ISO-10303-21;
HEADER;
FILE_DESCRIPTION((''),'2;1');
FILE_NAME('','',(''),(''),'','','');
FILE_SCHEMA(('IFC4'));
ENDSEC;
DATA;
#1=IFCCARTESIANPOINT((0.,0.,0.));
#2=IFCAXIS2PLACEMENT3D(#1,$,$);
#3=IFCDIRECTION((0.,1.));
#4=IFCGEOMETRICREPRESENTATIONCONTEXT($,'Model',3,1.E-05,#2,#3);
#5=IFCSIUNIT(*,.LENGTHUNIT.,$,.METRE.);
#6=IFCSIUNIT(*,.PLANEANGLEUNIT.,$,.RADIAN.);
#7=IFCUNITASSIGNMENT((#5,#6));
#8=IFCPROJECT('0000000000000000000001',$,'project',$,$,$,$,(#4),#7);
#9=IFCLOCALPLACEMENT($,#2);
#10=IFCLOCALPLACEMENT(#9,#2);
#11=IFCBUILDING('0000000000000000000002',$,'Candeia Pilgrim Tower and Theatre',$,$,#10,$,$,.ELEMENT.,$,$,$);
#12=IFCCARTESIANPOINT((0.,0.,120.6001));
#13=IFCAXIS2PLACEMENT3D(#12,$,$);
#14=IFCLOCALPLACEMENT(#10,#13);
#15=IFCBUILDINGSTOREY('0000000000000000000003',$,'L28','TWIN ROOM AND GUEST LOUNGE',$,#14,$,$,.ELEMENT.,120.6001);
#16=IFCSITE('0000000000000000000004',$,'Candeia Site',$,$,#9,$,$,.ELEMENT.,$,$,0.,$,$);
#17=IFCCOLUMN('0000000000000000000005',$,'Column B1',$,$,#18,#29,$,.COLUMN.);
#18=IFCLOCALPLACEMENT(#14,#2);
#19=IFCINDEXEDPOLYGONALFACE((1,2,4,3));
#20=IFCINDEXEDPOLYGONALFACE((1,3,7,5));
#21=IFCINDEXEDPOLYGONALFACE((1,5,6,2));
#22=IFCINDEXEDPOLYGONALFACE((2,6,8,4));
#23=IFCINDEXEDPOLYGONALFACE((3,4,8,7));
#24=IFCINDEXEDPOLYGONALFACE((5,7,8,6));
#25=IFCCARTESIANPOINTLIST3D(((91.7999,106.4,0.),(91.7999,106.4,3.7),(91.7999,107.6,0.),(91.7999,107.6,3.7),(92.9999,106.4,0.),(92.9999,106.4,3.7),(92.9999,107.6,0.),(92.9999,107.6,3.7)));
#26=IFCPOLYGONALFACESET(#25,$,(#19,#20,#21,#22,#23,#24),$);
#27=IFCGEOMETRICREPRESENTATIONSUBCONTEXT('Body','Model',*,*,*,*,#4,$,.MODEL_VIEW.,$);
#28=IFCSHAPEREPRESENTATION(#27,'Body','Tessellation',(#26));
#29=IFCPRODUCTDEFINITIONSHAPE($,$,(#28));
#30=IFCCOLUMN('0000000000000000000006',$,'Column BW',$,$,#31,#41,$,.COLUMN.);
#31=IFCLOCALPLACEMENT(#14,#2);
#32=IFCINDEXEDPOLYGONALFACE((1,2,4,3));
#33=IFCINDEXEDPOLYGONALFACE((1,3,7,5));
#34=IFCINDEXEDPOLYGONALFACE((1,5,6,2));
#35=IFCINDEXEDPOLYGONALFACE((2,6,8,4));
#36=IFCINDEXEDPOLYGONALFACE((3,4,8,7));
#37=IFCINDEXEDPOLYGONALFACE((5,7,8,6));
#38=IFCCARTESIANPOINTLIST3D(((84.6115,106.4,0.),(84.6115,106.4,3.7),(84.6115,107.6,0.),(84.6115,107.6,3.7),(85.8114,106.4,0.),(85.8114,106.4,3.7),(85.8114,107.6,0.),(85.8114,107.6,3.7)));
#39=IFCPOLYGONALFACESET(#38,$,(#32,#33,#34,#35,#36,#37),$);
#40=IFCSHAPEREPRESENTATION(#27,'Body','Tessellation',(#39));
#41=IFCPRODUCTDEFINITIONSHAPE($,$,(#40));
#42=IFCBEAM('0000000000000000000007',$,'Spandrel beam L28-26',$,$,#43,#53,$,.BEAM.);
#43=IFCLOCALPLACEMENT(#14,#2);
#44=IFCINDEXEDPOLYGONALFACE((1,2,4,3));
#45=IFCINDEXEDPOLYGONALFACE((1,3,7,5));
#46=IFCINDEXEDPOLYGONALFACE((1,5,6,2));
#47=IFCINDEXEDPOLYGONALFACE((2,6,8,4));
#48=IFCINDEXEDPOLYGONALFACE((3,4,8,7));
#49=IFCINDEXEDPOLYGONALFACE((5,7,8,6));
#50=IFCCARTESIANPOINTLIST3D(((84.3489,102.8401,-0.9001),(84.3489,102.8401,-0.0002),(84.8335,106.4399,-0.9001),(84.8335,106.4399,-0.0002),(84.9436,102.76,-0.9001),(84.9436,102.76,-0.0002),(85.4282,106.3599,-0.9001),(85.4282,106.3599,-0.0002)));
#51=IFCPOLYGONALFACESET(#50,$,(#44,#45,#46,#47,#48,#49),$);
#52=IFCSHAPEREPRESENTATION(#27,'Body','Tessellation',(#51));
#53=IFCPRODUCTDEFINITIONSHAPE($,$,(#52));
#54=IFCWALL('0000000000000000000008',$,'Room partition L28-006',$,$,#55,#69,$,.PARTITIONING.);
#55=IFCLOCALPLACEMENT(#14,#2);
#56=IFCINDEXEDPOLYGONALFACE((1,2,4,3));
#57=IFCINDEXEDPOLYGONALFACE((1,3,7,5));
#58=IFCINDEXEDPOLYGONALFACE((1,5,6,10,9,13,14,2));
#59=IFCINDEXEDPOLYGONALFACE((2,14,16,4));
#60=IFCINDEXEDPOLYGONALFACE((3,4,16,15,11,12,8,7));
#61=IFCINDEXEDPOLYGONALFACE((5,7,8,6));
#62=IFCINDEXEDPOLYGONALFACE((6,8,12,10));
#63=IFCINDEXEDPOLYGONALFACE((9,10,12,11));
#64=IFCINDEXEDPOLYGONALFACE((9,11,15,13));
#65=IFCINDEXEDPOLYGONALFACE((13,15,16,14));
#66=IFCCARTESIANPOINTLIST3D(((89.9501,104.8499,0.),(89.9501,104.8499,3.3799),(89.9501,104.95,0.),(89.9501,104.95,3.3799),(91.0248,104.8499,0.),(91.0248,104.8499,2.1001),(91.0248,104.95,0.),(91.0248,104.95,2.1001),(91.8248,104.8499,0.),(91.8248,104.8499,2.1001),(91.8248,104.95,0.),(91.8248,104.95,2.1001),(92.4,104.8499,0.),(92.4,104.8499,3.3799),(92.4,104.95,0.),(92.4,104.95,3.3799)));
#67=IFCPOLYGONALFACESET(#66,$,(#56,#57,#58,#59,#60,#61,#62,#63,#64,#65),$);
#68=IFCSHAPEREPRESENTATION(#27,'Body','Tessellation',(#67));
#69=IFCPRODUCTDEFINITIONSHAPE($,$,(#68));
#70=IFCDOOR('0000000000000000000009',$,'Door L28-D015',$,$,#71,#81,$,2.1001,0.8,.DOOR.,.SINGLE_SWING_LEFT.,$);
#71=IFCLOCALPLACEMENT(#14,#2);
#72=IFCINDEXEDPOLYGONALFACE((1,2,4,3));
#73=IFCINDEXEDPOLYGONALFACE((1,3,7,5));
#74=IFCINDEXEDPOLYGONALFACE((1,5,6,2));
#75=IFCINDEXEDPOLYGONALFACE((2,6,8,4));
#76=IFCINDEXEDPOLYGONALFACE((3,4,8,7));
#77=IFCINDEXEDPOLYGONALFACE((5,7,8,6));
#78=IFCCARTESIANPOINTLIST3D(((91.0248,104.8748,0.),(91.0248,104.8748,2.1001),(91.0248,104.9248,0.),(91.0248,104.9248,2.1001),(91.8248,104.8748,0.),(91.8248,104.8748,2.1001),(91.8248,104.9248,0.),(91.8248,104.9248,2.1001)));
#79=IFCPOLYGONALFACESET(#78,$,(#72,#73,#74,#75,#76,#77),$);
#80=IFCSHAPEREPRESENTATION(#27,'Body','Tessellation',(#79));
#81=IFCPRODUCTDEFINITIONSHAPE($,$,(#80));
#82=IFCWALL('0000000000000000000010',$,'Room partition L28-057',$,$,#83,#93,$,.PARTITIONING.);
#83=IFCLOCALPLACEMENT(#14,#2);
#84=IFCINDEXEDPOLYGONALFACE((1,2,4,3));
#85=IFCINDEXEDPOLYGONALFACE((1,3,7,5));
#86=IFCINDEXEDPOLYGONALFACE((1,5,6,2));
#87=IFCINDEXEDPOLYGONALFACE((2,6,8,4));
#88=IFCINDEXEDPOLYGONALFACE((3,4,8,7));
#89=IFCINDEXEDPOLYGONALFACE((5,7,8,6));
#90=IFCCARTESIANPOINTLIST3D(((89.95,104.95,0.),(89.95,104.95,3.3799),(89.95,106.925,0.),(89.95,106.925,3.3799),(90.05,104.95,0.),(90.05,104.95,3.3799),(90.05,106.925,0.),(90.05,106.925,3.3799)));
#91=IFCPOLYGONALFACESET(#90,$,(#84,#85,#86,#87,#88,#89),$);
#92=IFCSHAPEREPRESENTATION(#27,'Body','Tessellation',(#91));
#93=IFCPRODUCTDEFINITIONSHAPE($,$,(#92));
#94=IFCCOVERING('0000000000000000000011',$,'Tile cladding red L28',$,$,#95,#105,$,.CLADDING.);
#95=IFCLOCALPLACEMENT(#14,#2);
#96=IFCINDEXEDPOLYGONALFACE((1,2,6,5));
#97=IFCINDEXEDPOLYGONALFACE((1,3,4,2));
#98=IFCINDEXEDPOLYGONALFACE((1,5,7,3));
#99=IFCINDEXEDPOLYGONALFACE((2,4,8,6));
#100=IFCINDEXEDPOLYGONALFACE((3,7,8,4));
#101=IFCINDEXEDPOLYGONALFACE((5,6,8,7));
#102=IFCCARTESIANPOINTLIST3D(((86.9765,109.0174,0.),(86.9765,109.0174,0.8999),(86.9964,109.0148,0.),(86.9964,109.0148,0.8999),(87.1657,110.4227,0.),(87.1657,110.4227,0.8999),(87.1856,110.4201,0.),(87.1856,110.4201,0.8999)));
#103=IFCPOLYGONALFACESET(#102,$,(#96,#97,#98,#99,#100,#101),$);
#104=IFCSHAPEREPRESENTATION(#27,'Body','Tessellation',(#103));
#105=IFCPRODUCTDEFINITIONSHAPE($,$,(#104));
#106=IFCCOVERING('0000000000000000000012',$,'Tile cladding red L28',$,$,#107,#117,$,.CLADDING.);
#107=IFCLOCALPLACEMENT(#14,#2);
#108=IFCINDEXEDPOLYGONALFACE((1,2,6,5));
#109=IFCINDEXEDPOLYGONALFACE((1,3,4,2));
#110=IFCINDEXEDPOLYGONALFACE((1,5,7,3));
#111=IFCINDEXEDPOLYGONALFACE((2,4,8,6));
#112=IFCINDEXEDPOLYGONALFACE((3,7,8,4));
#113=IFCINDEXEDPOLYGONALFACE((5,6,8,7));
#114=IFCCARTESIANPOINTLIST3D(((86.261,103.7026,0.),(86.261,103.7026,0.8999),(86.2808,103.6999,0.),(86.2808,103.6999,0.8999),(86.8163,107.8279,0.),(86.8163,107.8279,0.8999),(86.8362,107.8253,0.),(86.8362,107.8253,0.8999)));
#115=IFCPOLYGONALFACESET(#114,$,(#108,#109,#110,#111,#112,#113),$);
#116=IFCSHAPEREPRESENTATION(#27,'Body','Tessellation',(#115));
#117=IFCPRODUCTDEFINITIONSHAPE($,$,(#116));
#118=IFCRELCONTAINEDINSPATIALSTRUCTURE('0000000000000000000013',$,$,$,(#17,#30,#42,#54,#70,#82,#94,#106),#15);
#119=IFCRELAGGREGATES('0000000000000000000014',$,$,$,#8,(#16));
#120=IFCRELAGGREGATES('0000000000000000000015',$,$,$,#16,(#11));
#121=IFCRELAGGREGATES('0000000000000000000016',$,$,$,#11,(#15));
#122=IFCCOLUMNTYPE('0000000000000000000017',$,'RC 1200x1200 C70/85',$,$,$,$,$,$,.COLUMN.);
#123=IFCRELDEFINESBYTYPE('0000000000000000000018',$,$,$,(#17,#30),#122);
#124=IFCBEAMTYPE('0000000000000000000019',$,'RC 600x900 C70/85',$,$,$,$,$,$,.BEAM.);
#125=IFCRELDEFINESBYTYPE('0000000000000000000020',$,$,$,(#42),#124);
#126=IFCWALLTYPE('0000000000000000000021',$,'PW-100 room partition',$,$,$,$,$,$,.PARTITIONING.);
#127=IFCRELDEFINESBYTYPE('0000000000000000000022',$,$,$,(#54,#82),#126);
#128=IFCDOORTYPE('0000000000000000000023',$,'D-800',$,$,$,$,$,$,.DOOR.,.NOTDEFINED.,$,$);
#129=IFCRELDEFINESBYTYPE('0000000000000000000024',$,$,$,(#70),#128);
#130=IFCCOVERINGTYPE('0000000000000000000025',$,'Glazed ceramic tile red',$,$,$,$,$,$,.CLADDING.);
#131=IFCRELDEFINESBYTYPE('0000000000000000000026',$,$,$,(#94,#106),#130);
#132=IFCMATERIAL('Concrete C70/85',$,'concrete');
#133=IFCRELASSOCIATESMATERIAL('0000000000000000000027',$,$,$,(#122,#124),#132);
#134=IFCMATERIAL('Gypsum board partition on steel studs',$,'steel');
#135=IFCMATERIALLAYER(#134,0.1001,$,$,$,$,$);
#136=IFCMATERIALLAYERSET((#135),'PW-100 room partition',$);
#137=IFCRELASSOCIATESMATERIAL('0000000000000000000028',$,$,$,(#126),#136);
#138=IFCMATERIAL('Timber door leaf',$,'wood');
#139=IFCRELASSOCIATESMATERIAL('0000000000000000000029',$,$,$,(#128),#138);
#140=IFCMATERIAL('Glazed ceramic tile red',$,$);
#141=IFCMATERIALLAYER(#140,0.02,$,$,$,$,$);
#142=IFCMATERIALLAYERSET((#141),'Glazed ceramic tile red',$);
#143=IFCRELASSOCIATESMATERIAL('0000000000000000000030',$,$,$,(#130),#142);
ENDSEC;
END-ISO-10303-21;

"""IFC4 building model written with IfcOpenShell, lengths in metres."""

from ifc_helpers import new_model, si_unit, direction, frame, frame_2d, origin, origin_2d, place, context, subcontext, project, spatial, rectangle, extrude, material, layer, layer_set, material_profile, profile_set, type_object, element, fill, save


model = new_model("IFC4")

# Units and contexts
model_context = context("Model", 3, precision=1e-05, world=origin(), true_north=direction((0.0, 1.0)))
body_context = subcontext(model_context, "Body", "Model", "MODEL_VIEW")
ifc_project = project(units=[si_unit("LENGTHUNIT", "METRE"), si_unit("PLANEANGLEUNIT", "RADIAN")], contexts=[model_context])

# Site, building, storey
site_placement = place(None, origin())
site = spatial("IfcSite", under=ifc_project, at=site_placement, Name="Candeia Site", CompositionType="ELEMENT", RefElevation=0.0)
building_placement = place(site_placement, origin())
building = spatial("IfcBuilding", under=site, at=building_placement, Name="Candeia Pilgrim Tower and Theatre", CompositionType="ELEMENT")
storey_placement = place(building_placement, frame((0.0, 0.0, 120.6001)))
storey = spatial("IfcBuildingStorey", under=building, at=storey_placement, Name="L28", Description="TWIN ROOM AND GUEST LOUNGE", CompositionType="ELEMENT", Elevation=120.6001)

# Columns
ifc_material_1 = material(Name="Concrete C70/85", Category="concrete")
ifc_material_profile_1 = material_profile(ifc_material_1, rectangle(XDim=1.2, YDim=1.2, at=origin_2d()))
ifc_profile_set_1 = profile_set([ifc_material_profile_1], Name="Concrete C70/85")
column_type = type_object("IfcColumnType", Name="RC 1200x1200 C70/85", PredefinedType="COLUMN", material=ifc_profile_set_1)
for number, where, z_axis, x_axis, name in (
    (1, (92.3999, 107.0, 0.0), (0.0, 0.0, 1.0), (1.0, 0.0, 0.0), "Column B1"),
    (2, (85.2114, 107.0, 0.0), (0.0, 0.0, 1.0), (1.0, 0.0, 0.0), "Column BW"),
):
    element("IfcColumn", number, at=place(storey_placement, frame(where, z_axis=z_axis, x_axis=x_axis)), inside=storey, type_object=column_type, Name=name, PredefinedType="COLUMN", context=body_context, shape_type="SweptSolid", body=[
        extrude(rectangle(XDim=1.2, YDim=1.2, at=origin_2d()), origin(), (0.0, 0.0, 1.0), 3.7),
    ])

# Beam
ifc_material_profile_2 = material_profile(ifc_material_1, rectangle(XDim=0.6001, YDim=0.8999, at=origin_2d()))
ifc_profile_set_2 = profile_set([ifc_material_profile_2], Name="Concrete C70/85")
beam_type = type_object("IfcBeamType", Name="RC 600x900 C70/85", PredefinedType="BEAM", material=ifc_profile_set_2)
beam_placement = place(storey_placement, frame((85.1309, 106.3999, -0.4502), z_axis=(-0.133418, -0.99106, 0.0), x_axis=(0.99106, -0.133418, 0.0)))
element("IfcBeam", 3, at=beam_placement, inside=storey, type_object=beam_type, Name="Spandrel beam L28-26", PredefinedType="BEAM", context=body_context, shape_type="SweptSolid", body=[
    extrude(rectangle(XDim=0.6001, YDim=0.8999, at=origin_2d()), origin(), (0.0, 0.0, 1.0), 3.6323),
])

# Wall, opening, door
ifc_material_2 = material(Name="Gypsum board partition on steel studs", Category="steel")
ifc_layer_1 = layer(ifc_material_2, 0.1001)
ifc_layer_set_1 = layer_set([ifc_layer_1], Name="PW-100 room partition")
wall_type_1 = type_object("IfcWallType", Name="PW-100 room partition", PredefinedType="PARTITIONING", material=ifc_layer_set_1)
wall_1_placement = place(storey_placement, frame((89.95, 104.8999, 0.0), z_axis=(0.0, 0.0, 1.0), x_axis=(1.0, 0.0, 0.0)))
wall_1 = element("IfcWall", 4, at=wall_1_placement, inside=storey, type_object=wall_type_1, Name="Room partition L28-006", PredefinedType="PARTITIONING", context=body_context, shape_type="SweptSolid", body=[
    extrude(rectangle(XDim=2.45, YDim=0.1001, at=frame_2d((1.2251, 0.0))), origin(), (0.0, 0.0, 1.0), 3.3799),
])
opening_1_placement = place(wall_1_placement, frame((1.075, 0.0, 0.0)))
opening_1 = element("IfcOpeningElement", 5, at=opening_1_placement, cuts=wall_1, PredefinedType="OPENING", context=body_context, shape_type="SweptSolid", body=[
    extrude(rectangle(XDim=0.8, YDim=2.1001, at=frame_2d((0.3999, 1.05))), frame((0.0, 0.0601, 0.0), z_axis=(0.0, -1.0, 0.0), x_axis=(1.0, 0.0, 0.0)), (0.0, 0.0, 1.0), 0.1201),
])
ifc_material_3 = material(Name="Timber door leaf", Category="wood")
door_type_1 = type_object("IfcDoorType", Name="D-800", OperationType="NOTDEFINED", PredefinedType="DOOR", material=ifc_material_3)
door_1_placement = place(opening_1_placement, origin())
door_1 = element("IfcDoor", 6, at=door_1_placement, inside=storey, type_object=door_type_1, Name="Door L28-D015", OperationType="SINGLE_SWING_LEFT", OverallHeight=2.1001, OverallWidth=0.8, PredefinedType="DOOR", context=body_context, shape_type="SweptSolid", body=[
    extrude(rectangle(XDim=0.8, YDim=2.1001, at=frame_2d((0.3999, 1.05))), frame((0.0, 0.0249, 0.0), z_axis=(0.0, -1.0, 0.0), x_axis=(1.0, 0.0, 0.0)), (0.0, 0.0, 1.0), 0.05),
])
fill(opening_1, door_1)

# Wall
wall_2_placement = place(storey_placement, frame((90.0, 104.95, 0.0), z_axis=(0.0, 0.0, 1.0), x_axis=(0.0, 1.0, 0.0)))
element("IfcWall", 7, at=wall_2_placement, inside=storey, type_object=wall_type_1, Name="Room partition L28-057", PredefinedType="PARTITIONING", context=body_context, shape_type="SweptSolid", body=[
    extrude(rectangle(XDim=1.9751, YDim=0.1001, at=frame_2d((0.9875, 0.0))), origin(), (0.0, 0.0, 1.0), 3.3799),
])

# Coverings
ifc_material_4 = material(Name="Glazed ceramic tile red")
ifc_layer_2 = layer(ifc_material_4, 0.02)
ifc_layer_set_2 = layer_set([ifc_layer_2], Name="Glazed ceramic tile red")
covering_type = type_object("IfcCoveringType", Name="Glazed ceramic tile red", PredefinedType="CLADDING", material=ifc_layer_set_2)
covering_1_placement = place(storey_placement, frame((87.0811, 109.7188, 0.0), z_axis=(0.0, 0.0, 1.0), x_axis=(-0.133412, -0.991061, 0.0)))
element("IfcCovering", 8, at=covering_1_placement, inside=storey, type_object=covering_type, Name="Tile cladding red L28", PredefinedType="CLADDING", context=body_context, shape_type="SweptSolid", body=[
    extrude(rectangle(XDim=1.418, YDim=0.02, at=origin_2d()), origin(), (0.0, 0.0, 1.0), 0.8999),
])
covering_2_placement = place(storey_placement, frame((86.5486, 105.7639, 0.0), z_axis=(0.0, 0.0, 1.0), x_axis=(-0.133412, -0.991061, 0.0)))
element("IfcCovering", 9, at=covering_2_placement, inside=storey, type_object=covering_type, Name="Tile cladding red L28", PredefinedType="CLADDING", context=body_context, shape_type="SweptSolid", body=[
    extrude(rectangle(XDim=4.1626, YDim=0.02, at=origin_2d()), origin(), (0.0, 0.0, 1.0), 0.8999),
])

save(model, "model.ifc")
